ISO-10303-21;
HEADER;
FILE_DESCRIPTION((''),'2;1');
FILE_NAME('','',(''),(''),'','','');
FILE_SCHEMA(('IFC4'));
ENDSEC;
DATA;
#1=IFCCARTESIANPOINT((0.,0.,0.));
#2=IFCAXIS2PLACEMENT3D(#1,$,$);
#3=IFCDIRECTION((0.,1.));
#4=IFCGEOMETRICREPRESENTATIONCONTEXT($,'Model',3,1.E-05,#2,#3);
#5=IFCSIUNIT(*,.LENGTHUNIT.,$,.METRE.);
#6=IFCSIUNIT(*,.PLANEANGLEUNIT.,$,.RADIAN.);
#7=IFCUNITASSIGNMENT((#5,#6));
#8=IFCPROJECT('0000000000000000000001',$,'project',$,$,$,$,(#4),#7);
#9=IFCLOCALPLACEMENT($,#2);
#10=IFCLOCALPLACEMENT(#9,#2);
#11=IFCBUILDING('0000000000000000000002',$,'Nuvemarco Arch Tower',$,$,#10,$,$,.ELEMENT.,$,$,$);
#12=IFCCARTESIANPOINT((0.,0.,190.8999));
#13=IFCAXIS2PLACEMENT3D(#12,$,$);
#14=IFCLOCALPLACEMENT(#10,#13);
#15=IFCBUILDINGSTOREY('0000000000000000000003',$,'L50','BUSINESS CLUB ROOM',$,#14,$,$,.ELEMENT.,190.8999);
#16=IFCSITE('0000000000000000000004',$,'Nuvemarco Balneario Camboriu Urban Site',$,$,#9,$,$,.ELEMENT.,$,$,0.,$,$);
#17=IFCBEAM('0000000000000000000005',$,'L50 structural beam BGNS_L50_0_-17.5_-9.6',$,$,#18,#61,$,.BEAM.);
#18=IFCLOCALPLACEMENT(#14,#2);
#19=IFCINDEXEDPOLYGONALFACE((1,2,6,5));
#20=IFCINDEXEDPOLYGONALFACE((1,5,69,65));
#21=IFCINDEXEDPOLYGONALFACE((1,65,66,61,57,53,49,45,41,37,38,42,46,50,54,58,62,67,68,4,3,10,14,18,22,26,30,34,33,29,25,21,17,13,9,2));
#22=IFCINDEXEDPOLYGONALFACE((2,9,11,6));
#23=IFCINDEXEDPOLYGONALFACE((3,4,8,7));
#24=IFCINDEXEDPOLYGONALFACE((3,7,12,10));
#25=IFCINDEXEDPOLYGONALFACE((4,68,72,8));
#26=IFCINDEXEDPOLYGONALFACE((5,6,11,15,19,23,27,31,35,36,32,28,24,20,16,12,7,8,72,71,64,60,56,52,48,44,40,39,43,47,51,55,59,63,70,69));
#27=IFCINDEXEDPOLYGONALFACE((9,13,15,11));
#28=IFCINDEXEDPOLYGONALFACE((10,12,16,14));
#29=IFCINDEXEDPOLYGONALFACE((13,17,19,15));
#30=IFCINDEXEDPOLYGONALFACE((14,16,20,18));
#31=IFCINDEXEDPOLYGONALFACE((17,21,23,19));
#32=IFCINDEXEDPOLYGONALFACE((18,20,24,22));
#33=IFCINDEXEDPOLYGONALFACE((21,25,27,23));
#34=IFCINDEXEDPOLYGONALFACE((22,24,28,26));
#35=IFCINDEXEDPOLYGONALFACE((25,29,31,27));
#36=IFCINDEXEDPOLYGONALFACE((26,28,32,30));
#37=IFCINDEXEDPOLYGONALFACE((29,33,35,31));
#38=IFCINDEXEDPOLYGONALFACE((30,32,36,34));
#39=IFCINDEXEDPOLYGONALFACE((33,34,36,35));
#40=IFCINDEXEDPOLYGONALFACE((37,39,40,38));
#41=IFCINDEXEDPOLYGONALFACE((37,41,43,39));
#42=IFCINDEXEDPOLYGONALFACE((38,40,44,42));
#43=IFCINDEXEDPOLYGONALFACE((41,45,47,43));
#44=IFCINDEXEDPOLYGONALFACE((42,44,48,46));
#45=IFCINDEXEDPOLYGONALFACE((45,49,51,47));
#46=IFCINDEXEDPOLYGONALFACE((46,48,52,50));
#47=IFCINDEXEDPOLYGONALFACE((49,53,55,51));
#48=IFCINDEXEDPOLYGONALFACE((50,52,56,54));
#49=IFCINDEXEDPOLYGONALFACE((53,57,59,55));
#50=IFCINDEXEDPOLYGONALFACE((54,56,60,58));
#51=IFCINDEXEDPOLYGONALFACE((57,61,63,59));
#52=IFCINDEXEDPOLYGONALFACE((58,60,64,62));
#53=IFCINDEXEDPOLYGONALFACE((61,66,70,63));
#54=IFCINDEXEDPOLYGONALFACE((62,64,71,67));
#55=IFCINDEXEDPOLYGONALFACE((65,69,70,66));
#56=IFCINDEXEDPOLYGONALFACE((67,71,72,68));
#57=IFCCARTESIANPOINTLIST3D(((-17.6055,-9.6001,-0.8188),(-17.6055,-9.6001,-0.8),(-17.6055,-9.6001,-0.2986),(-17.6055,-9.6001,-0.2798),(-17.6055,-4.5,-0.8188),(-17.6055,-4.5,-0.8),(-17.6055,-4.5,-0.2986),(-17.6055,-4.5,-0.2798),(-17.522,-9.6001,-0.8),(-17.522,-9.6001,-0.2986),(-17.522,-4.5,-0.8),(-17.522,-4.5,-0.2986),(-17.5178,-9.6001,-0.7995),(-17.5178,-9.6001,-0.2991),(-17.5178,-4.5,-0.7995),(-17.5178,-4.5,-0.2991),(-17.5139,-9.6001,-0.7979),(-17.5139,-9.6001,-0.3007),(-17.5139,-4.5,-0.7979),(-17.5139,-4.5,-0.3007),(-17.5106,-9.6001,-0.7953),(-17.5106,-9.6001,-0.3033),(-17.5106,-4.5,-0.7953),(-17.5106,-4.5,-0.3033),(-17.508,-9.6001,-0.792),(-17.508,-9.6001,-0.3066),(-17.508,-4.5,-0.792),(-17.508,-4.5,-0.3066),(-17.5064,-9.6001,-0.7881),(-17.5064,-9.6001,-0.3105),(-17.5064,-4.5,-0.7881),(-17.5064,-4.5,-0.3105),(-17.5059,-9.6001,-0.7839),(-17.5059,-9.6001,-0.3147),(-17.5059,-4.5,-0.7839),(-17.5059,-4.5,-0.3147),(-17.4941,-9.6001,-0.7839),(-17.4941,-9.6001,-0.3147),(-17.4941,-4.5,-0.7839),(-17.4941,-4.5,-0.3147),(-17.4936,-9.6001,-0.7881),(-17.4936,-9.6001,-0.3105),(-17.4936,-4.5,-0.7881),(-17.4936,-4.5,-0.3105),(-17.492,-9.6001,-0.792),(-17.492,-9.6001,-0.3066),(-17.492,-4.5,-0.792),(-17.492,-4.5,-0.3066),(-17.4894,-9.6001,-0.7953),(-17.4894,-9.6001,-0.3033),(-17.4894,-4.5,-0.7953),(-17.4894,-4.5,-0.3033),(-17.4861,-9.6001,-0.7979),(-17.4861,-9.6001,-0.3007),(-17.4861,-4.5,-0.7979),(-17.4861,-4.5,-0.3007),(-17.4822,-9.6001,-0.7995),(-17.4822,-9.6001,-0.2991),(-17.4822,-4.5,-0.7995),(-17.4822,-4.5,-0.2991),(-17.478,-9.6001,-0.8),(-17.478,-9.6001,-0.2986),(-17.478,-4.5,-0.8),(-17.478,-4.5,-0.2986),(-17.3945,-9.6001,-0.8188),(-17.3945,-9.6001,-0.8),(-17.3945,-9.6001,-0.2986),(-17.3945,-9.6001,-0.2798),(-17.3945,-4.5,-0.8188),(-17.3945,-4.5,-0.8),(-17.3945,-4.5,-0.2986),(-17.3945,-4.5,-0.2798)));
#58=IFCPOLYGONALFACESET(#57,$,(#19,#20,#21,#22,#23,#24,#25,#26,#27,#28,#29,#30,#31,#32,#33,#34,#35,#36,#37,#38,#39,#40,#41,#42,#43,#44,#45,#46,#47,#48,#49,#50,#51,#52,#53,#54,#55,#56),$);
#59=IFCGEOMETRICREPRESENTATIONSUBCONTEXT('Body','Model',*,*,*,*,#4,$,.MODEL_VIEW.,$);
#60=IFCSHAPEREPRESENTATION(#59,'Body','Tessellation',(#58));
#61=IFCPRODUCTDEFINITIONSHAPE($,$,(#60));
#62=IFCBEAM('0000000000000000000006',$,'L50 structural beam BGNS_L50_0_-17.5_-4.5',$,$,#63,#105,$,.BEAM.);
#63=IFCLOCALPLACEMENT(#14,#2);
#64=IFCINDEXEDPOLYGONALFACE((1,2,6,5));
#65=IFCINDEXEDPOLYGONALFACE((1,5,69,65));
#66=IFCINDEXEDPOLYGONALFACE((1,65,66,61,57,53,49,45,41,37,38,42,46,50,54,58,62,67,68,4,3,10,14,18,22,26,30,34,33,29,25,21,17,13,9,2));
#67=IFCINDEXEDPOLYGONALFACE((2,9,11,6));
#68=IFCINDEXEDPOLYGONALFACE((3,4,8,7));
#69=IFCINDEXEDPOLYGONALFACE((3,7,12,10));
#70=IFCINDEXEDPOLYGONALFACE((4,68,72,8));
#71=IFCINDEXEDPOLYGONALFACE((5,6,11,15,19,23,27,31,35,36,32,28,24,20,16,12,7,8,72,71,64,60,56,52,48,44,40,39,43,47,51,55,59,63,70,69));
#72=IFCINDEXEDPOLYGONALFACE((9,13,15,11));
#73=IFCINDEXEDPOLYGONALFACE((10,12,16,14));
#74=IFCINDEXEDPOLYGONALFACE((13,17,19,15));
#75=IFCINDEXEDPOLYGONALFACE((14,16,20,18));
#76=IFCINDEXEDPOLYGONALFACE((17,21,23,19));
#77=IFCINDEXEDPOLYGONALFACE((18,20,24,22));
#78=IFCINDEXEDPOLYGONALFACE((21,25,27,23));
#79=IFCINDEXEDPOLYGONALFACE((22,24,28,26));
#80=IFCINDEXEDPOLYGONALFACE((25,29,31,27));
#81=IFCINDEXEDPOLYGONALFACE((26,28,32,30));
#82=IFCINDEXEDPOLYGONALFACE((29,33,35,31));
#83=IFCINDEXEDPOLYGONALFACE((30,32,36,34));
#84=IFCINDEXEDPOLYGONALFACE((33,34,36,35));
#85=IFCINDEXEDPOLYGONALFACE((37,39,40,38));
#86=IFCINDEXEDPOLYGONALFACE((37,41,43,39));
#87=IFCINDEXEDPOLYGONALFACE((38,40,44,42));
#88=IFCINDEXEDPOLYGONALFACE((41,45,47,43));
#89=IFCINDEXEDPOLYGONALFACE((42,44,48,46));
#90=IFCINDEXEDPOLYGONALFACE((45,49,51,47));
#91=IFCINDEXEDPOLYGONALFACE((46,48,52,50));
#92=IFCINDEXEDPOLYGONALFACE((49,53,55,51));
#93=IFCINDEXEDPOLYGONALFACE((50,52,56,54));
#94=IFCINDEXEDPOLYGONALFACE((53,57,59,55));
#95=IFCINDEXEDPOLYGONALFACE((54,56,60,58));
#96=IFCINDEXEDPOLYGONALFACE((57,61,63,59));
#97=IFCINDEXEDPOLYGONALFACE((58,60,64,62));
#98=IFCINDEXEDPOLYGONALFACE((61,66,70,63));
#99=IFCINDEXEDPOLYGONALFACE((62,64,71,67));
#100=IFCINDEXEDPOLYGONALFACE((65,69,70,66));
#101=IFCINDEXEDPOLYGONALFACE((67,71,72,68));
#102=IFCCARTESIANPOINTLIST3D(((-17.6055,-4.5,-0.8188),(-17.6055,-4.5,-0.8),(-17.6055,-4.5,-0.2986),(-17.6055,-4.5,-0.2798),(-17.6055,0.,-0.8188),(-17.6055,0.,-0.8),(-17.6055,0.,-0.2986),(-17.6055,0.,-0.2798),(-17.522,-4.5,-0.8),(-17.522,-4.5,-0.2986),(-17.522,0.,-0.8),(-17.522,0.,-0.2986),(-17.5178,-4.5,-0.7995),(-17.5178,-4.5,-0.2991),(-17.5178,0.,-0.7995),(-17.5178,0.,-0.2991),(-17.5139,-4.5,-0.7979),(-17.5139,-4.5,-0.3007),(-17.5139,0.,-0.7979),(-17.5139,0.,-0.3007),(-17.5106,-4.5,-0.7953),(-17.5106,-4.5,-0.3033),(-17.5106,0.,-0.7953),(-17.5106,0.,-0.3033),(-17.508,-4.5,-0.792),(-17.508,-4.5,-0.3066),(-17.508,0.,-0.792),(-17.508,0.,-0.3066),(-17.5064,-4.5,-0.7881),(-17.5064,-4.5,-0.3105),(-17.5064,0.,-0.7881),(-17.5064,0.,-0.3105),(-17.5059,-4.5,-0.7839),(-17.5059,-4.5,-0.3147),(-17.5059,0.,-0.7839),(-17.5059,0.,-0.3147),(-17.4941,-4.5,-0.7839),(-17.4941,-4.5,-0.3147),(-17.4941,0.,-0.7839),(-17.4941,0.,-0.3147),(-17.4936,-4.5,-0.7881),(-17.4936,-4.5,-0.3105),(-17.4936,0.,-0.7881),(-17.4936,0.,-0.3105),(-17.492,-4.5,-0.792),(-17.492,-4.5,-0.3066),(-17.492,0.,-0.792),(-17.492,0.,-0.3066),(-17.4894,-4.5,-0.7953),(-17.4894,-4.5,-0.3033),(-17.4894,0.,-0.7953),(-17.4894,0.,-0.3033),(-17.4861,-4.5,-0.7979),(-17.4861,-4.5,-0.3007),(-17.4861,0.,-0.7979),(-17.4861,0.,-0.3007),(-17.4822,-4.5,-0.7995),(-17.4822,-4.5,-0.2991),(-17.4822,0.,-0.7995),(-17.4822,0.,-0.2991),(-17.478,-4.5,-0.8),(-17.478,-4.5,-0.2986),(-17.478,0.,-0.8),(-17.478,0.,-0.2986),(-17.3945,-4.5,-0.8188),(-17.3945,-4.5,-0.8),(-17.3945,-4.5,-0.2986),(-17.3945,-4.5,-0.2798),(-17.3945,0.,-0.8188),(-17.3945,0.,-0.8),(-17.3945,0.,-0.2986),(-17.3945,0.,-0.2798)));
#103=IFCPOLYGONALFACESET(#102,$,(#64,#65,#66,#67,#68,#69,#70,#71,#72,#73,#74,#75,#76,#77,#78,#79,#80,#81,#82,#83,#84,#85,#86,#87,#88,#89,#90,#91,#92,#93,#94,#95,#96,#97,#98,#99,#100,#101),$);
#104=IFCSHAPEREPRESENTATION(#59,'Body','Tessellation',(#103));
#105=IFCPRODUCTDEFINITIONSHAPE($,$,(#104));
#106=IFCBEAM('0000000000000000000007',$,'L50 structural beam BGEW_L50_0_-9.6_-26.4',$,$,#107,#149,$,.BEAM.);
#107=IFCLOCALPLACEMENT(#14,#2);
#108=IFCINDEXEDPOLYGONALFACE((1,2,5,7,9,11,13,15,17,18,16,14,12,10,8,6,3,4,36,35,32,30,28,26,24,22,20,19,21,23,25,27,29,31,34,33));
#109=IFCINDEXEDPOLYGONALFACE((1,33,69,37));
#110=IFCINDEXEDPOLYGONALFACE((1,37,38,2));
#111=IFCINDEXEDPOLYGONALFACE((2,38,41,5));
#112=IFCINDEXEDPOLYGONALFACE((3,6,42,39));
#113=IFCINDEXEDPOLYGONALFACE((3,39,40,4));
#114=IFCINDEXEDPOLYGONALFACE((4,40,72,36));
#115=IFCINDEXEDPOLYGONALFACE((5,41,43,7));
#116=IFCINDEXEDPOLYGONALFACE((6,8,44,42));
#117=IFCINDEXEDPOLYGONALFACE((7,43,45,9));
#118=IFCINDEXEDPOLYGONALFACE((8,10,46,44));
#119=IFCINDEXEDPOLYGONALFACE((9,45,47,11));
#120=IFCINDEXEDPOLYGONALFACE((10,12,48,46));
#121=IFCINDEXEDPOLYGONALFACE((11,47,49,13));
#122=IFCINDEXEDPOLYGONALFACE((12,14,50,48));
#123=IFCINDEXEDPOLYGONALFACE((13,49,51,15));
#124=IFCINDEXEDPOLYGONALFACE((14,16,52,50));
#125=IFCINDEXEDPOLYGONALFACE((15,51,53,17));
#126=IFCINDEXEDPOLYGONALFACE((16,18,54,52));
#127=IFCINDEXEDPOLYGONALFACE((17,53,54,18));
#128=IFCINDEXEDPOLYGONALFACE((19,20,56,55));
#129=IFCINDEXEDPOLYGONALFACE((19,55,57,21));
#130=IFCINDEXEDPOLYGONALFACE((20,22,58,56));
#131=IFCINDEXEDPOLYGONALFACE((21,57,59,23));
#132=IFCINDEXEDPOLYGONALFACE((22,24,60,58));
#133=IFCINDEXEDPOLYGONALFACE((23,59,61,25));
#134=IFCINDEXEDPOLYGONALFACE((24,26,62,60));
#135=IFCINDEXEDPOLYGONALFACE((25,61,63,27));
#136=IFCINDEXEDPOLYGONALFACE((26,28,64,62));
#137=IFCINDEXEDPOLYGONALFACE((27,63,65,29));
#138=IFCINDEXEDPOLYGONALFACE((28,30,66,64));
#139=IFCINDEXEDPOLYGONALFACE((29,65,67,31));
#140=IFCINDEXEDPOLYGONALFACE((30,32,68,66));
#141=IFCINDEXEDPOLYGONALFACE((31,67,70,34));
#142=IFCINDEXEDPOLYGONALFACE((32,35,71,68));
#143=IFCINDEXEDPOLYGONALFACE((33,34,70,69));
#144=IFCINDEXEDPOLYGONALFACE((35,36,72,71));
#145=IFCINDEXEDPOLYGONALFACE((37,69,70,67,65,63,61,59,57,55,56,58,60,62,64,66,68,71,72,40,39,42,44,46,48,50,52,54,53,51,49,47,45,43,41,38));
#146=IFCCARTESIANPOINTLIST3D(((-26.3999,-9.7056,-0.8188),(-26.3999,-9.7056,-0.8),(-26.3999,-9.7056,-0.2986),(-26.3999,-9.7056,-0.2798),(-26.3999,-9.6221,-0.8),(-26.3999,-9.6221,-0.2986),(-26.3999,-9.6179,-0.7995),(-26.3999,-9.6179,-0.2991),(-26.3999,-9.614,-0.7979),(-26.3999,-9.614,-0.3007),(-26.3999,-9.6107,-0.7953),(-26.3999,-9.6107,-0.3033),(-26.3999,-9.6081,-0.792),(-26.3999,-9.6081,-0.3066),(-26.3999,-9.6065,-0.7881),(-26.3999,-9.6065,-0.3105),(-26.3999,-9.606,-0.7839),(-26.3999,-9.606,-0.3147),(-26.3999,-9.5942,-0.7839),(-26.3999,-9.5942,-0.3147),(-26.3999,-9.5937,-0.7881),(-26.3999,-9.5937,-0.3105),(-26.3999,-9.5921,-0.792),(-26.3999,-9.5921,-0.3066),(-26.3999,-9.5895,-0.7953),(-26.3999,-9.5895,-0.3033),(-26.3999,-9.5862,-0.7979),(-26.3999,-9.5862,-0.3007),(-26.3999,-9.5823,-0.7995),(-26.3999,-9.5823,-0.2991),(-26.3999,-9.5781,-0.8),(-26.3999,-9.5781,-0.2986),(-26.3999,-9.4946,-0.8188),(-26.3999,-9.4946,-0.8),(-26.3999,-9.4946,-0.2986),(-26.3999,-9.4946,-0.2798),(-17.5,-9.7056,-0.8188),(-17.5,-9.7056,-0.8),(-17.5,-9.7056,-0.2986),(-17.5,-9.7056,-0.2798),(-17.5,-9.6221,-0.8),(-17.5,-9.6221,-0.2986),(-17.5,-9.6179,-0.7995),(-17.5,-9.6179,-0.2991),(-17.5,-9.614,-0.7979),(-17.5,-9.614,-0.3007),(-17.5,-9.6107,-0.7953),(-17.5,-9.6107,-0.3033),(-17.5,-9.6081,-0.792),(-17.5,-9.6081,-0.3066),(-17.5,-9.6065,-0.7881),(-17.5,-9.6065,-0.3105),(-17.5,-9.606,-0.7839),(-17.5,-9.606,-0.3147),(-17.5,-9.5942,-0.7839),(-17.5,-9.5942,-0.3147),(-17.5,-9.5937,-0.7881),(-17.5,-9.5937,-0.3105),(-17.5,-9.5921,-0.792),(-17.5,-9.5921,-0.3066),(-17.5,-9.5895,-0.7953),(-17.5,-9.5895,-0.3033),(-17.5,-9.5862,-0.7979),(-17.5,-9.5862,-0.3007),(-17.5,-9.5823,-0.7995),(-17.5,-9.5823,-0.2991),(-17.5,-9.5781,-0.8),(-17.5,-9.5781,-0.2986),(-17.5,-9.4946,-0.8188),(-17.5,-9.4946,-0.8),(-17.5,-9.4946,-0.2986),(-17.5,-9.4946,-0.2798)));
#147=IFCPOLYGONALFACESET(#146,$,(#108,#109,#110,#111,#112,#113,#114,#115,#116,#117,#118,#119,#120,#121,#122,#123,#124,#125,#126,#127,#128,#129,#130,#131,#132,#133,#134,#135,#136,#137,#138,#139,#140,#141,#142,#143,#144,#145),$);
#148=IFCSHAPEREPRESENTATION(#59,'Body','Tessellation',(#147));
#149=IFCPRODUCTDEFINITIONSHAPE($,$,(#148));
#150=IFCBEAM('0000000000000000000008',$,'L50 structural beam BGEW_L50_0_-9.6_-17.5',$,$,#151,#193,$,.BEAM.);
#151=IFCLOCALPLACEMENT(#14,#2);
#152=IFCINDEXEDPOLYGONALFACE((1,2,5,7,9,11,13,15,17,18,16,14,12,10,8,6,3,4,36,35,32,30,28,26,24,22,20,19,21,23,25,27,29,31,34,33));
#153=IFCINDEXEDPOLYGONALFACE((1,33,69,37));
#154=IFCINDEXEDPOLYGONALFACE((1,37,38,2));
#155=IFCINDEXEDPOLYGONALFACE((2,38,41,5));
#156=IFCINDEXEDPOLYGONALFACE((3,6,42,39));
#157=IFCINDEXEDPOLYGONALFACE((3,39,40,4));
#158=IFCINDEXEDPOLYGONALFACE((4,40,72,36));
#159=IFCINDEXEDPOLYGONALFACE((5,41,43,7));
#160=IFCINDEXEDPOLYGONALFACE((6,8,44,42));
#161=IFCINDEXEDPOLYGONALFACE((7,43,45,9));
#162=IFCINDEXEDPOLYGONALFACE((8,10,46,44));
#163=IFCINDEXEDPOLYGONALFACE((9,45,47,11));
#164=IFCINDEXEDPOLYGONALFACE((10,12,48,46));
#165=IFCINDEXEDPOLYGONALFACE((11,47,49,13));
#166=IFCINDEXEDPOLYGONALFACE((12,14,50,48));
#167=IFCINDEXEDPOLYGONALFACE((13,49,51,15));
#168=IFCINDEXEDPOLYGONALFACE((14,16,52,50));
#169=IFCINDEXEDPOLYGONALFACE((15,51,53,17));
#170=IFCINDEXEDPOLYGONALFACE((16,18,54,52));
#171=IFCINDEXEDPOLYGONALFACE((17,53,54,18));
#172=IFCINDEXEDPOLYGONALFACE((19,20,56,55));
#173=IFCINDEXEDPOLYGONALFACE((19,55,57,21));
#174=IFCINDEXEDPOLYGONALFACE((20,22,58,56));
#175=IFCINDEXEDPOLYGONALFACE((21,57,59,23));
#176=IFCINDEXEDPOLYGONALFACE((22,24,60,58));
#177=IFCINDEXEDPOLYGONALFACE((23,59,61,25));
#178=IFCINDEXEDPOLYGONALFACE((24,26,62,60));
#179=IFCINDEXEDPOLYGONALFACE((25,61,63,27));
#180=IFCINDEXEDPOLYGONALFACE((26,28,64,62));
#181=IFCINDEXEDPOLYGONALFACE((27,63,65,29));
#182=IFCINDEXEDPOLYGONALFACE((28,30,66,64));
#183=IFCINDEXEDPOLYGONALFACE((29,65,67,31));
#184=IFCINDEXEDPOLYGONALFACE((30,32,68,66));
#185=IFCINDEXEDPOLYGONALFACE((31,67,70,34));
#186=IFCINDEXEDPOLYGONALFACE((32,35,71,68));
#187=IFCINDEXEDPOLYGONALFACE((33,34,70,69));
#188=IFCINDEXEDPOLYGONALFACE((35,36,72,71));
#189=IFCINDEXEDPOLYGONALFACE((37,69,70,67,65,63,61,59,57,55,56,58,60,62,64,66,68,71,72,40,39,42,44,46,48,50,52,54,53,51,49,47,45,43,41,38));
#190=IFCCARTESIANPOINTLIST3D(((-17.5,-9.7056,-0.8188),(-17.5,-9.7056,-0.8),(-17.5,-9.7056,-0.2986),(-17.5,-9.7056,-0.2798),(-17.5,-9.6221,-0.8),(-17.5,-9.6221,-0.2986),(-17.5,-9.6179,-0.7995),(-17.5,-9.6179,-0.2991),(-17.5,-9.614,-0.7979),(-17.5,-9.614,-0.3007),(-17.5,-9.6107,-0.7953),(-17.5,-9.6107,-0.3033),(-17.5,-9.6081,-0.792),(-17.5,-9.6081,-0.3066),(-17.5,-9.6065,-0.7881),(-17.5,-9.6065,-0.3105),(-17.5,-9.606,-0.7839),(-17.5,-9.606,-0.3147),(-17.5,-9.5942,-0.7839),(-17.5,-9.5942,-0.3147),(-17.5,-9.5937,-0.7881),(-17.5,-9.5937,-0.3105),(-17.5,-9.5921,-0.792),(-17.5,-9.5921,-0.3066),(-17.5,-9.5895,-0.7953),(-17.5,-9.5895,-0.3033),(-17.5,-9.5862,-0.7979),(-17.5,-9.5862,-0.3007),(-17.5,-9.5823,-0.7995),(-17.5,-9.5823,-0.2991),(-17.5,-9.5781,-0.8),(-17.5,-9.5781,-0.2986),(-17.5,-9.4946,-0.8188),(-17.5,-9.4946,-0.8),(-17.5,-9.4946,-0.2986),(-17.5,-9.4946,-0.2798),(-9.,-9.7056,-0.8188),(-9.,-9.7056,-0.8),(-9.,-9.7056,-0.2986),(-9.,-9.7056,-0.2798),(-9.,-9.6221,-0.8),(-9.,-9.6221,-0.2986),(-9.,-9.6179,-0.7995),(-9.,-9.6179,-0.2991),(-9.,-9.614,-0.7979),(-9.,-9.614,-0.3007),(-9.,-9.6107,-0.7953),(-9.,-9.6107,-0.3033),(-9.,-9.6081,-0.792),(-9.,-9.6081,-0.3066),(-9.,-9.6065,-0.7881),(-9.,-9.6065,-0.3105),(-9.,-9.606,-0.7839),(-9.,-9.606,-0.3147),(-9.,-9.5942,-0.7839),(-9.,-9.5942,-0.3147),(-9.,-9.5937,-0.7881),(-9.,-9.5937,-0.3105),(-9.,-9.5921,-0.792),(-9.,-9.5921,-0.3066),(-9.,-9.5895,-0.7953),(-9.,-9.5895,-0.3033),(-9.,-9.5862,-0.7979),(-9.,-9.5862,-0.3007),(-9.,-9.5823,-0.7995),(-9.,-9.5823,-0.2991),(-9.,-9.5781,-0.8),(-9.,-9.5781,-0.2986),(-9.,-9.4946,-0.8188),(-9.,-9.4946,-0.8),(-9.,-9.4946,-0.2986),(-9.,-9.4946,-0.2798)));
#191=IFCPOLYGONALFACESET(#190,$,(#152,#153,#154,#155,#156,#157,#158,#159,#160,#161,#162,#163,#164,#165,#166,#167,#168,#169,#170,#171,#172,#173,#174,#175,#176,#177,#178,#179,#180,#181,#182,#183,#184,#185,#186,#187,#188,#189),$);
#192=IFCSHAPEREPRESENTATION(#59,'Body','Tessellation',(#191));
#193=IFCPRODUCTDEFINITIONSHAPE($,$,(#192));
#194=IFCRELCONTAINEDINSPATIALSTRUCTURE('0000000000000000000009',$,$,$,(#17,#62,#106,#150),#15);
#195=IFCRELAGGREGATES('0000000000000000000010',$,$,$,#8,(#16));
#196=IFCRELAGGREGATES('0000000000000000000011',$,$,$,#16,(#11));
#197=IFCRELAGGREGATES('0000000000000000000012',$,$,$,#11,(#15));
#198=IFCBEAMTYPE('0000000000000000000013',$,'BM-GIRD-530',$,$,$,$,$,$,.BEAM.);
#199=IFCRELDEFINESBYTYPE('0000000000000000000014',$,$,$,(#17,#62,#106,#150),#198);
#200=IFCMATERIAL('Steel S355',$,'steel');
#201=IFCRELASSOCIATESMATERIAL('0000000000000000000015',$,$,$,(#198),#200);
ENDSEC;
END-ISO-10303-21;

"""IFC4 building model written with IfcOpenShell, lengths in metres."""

from ifc_helpers import new_model, si_unit, direction, frame, origin, origin_2d, place, context, subcontext, project, spatial, i_section, extrude, material, material_profile, profile_set, type_object, element, save


model = new_model("IFC4")

# Units and contexts
model_context = context("Model", 3, precision=1e-05, world=origin(), true_north=direction((0.0, 1.0)))
body_context = subcontext(model_context, "Body", "Model", "MODEL_VIEW")
ifc_project = project(units=[si_unit("LENGTHUNIT", "METRE"), si_unit("PLANEANGLEUNIT", "RADIAN")], contexts=[model_context])

# Site, building, storey
site_placement = place(None, origin())
site = spatial("IfcSite", under=ifc_project, at=site_placement, Name="Nuvemarco Balneario Camboriu Urban Site", CompositionType="ELEMENT", RefElevation=0.0)
building_placement = place(site_placement, origin())
building = spatial("IfcBuilding", under=site, at=building_placement, Name="Nuvemarco Arch Tower", CompositionType="ELEMENT")
storey_placement = place(building_placement, frame((0.0, 0.0, 190.8999)))
storey = spatial("IfcBuildingStorey", under=building, at=storey_placement, Name="L50", Description="BUSINESS CLUB ROOM", CompositionType="ELEMENT", Elevation=190.8999)

# Shared definitions
ifc_material_1 = material(Name="Steel S355", Category="steel")

# Beams
ifc_material_profile_1 = material_profile(ifc_material_1, i_section(OverallWidth=0.2109, OverallDepth=0.5391, WebThickness=0.0117, FlangeThickness=0.0188, FilletRadius=0.0161, at=origin_2d()), Name="W530x109")
ifc_profile_set_1 = profile_set([ifc_material_profile_1], Name="Steel S355")
beam_type_1 = type_object("IfcBeamType", Name="BM-GIRD-530", PredefinedType="BEAM", material=ifc_profile_set_1)
beam_1_placement = place(storey_placement, frame((-17.5, -9.6001, -0.5493), z_axis=(0.0, 1.0, 0.0), x_axis=(-1.0, 0.0, 0.0)))
element("IfcBeam", 1, at=beam_1_placement, inside=storey, type_object=beam_type_1, Name="L50 structural beam BGNS_L50_0_-17.5_-9.6", PredefinedType="BEAM", context=body_context, shape_type="SweptSolid", body=[
    extrude(i_section(OverallWidth=0.2109, OverallDepth=0.5391, WebThickness=0.0117, FlangeThickness=0.0188, FilletRadius=0.0161, at=origin_2d()), origin(), (0.0, 0.0, 1.0), 5.1001),
])
beam_2_placement = place(storey_placement, frame((-17.5, -4.5, -0.5493), z_axis=(0.0, 1.0, 0.0), x_axis=(-1.0, 0.0, 0.0)))
element("IfcBeam", 2, at=beam_2_placement, inside=storey, type_object=beam_type_1, Name="L50 structural beam BGNS_L50_0_-17.5_-4.5", PredefinedType="BEAM", context=body_context, shape_type="SweptSolid", body=[
    extrude(i_section(OverallWidth=0.2109, OverallDepth=0.5391, WebThickness=0.0117, FlangeThickness=0.0188, FilletRadius=0.0161, at=origin_2d()), origin(), (0.0, 0.0, 1.0), 4.5),
])
beam_3_placement = place(storey_placement, frame((-26.3999, -9.6001, -0.5493), z_axis=(1.0, 0.0, 0.0), x_axis=(0.0, 1.0, 0.0)))
element("IfcBeam", 3, at=beam_3_placement, inside=storey, type_object=beam_type_1, Name="L50 structural beam BGEW_L50_0_-9.6_-26.4", PredefinedType="BEAM", context=body_context, shape_type="SweptSolid", body=[
    extrude(i_section(OverallWidth=0.2109, OverallDepth=0.5391, WebThickness=0.0117, FlangeThickness=0.0188, FilletRadius=0.0161, at=origin_2d()), origin(), (0.0, 0.0, 1.0), 8.8999),
])
beam_4_placement = place(storey_placement, frame((-17.5, -9.6001, -0.5493), z_axis=(1.0, 0.0, 0.0), x_axis=(0.0, 1.0, 0.0)))
element("IfcBeam", 4, at=beam_4_placement, inside=storey, type_object=beam_type_1, Name="L50 structural beam BGEW_L50_0_-9.6_-17.5", PredefinedType="BEAM", context=body_context, shape_type="SweptSolid", body=[
    extrude(i_section(OverallWidth=0.2109, OverallDepth=0.5391, WebThickness=0.0117, FlangeThickness=0.0188, FilletRadius=0.0161, at=origin_2d()), origin(), (0.0, 0.0, 1.0), 8.5),
])

save(model, "model.ifc")
